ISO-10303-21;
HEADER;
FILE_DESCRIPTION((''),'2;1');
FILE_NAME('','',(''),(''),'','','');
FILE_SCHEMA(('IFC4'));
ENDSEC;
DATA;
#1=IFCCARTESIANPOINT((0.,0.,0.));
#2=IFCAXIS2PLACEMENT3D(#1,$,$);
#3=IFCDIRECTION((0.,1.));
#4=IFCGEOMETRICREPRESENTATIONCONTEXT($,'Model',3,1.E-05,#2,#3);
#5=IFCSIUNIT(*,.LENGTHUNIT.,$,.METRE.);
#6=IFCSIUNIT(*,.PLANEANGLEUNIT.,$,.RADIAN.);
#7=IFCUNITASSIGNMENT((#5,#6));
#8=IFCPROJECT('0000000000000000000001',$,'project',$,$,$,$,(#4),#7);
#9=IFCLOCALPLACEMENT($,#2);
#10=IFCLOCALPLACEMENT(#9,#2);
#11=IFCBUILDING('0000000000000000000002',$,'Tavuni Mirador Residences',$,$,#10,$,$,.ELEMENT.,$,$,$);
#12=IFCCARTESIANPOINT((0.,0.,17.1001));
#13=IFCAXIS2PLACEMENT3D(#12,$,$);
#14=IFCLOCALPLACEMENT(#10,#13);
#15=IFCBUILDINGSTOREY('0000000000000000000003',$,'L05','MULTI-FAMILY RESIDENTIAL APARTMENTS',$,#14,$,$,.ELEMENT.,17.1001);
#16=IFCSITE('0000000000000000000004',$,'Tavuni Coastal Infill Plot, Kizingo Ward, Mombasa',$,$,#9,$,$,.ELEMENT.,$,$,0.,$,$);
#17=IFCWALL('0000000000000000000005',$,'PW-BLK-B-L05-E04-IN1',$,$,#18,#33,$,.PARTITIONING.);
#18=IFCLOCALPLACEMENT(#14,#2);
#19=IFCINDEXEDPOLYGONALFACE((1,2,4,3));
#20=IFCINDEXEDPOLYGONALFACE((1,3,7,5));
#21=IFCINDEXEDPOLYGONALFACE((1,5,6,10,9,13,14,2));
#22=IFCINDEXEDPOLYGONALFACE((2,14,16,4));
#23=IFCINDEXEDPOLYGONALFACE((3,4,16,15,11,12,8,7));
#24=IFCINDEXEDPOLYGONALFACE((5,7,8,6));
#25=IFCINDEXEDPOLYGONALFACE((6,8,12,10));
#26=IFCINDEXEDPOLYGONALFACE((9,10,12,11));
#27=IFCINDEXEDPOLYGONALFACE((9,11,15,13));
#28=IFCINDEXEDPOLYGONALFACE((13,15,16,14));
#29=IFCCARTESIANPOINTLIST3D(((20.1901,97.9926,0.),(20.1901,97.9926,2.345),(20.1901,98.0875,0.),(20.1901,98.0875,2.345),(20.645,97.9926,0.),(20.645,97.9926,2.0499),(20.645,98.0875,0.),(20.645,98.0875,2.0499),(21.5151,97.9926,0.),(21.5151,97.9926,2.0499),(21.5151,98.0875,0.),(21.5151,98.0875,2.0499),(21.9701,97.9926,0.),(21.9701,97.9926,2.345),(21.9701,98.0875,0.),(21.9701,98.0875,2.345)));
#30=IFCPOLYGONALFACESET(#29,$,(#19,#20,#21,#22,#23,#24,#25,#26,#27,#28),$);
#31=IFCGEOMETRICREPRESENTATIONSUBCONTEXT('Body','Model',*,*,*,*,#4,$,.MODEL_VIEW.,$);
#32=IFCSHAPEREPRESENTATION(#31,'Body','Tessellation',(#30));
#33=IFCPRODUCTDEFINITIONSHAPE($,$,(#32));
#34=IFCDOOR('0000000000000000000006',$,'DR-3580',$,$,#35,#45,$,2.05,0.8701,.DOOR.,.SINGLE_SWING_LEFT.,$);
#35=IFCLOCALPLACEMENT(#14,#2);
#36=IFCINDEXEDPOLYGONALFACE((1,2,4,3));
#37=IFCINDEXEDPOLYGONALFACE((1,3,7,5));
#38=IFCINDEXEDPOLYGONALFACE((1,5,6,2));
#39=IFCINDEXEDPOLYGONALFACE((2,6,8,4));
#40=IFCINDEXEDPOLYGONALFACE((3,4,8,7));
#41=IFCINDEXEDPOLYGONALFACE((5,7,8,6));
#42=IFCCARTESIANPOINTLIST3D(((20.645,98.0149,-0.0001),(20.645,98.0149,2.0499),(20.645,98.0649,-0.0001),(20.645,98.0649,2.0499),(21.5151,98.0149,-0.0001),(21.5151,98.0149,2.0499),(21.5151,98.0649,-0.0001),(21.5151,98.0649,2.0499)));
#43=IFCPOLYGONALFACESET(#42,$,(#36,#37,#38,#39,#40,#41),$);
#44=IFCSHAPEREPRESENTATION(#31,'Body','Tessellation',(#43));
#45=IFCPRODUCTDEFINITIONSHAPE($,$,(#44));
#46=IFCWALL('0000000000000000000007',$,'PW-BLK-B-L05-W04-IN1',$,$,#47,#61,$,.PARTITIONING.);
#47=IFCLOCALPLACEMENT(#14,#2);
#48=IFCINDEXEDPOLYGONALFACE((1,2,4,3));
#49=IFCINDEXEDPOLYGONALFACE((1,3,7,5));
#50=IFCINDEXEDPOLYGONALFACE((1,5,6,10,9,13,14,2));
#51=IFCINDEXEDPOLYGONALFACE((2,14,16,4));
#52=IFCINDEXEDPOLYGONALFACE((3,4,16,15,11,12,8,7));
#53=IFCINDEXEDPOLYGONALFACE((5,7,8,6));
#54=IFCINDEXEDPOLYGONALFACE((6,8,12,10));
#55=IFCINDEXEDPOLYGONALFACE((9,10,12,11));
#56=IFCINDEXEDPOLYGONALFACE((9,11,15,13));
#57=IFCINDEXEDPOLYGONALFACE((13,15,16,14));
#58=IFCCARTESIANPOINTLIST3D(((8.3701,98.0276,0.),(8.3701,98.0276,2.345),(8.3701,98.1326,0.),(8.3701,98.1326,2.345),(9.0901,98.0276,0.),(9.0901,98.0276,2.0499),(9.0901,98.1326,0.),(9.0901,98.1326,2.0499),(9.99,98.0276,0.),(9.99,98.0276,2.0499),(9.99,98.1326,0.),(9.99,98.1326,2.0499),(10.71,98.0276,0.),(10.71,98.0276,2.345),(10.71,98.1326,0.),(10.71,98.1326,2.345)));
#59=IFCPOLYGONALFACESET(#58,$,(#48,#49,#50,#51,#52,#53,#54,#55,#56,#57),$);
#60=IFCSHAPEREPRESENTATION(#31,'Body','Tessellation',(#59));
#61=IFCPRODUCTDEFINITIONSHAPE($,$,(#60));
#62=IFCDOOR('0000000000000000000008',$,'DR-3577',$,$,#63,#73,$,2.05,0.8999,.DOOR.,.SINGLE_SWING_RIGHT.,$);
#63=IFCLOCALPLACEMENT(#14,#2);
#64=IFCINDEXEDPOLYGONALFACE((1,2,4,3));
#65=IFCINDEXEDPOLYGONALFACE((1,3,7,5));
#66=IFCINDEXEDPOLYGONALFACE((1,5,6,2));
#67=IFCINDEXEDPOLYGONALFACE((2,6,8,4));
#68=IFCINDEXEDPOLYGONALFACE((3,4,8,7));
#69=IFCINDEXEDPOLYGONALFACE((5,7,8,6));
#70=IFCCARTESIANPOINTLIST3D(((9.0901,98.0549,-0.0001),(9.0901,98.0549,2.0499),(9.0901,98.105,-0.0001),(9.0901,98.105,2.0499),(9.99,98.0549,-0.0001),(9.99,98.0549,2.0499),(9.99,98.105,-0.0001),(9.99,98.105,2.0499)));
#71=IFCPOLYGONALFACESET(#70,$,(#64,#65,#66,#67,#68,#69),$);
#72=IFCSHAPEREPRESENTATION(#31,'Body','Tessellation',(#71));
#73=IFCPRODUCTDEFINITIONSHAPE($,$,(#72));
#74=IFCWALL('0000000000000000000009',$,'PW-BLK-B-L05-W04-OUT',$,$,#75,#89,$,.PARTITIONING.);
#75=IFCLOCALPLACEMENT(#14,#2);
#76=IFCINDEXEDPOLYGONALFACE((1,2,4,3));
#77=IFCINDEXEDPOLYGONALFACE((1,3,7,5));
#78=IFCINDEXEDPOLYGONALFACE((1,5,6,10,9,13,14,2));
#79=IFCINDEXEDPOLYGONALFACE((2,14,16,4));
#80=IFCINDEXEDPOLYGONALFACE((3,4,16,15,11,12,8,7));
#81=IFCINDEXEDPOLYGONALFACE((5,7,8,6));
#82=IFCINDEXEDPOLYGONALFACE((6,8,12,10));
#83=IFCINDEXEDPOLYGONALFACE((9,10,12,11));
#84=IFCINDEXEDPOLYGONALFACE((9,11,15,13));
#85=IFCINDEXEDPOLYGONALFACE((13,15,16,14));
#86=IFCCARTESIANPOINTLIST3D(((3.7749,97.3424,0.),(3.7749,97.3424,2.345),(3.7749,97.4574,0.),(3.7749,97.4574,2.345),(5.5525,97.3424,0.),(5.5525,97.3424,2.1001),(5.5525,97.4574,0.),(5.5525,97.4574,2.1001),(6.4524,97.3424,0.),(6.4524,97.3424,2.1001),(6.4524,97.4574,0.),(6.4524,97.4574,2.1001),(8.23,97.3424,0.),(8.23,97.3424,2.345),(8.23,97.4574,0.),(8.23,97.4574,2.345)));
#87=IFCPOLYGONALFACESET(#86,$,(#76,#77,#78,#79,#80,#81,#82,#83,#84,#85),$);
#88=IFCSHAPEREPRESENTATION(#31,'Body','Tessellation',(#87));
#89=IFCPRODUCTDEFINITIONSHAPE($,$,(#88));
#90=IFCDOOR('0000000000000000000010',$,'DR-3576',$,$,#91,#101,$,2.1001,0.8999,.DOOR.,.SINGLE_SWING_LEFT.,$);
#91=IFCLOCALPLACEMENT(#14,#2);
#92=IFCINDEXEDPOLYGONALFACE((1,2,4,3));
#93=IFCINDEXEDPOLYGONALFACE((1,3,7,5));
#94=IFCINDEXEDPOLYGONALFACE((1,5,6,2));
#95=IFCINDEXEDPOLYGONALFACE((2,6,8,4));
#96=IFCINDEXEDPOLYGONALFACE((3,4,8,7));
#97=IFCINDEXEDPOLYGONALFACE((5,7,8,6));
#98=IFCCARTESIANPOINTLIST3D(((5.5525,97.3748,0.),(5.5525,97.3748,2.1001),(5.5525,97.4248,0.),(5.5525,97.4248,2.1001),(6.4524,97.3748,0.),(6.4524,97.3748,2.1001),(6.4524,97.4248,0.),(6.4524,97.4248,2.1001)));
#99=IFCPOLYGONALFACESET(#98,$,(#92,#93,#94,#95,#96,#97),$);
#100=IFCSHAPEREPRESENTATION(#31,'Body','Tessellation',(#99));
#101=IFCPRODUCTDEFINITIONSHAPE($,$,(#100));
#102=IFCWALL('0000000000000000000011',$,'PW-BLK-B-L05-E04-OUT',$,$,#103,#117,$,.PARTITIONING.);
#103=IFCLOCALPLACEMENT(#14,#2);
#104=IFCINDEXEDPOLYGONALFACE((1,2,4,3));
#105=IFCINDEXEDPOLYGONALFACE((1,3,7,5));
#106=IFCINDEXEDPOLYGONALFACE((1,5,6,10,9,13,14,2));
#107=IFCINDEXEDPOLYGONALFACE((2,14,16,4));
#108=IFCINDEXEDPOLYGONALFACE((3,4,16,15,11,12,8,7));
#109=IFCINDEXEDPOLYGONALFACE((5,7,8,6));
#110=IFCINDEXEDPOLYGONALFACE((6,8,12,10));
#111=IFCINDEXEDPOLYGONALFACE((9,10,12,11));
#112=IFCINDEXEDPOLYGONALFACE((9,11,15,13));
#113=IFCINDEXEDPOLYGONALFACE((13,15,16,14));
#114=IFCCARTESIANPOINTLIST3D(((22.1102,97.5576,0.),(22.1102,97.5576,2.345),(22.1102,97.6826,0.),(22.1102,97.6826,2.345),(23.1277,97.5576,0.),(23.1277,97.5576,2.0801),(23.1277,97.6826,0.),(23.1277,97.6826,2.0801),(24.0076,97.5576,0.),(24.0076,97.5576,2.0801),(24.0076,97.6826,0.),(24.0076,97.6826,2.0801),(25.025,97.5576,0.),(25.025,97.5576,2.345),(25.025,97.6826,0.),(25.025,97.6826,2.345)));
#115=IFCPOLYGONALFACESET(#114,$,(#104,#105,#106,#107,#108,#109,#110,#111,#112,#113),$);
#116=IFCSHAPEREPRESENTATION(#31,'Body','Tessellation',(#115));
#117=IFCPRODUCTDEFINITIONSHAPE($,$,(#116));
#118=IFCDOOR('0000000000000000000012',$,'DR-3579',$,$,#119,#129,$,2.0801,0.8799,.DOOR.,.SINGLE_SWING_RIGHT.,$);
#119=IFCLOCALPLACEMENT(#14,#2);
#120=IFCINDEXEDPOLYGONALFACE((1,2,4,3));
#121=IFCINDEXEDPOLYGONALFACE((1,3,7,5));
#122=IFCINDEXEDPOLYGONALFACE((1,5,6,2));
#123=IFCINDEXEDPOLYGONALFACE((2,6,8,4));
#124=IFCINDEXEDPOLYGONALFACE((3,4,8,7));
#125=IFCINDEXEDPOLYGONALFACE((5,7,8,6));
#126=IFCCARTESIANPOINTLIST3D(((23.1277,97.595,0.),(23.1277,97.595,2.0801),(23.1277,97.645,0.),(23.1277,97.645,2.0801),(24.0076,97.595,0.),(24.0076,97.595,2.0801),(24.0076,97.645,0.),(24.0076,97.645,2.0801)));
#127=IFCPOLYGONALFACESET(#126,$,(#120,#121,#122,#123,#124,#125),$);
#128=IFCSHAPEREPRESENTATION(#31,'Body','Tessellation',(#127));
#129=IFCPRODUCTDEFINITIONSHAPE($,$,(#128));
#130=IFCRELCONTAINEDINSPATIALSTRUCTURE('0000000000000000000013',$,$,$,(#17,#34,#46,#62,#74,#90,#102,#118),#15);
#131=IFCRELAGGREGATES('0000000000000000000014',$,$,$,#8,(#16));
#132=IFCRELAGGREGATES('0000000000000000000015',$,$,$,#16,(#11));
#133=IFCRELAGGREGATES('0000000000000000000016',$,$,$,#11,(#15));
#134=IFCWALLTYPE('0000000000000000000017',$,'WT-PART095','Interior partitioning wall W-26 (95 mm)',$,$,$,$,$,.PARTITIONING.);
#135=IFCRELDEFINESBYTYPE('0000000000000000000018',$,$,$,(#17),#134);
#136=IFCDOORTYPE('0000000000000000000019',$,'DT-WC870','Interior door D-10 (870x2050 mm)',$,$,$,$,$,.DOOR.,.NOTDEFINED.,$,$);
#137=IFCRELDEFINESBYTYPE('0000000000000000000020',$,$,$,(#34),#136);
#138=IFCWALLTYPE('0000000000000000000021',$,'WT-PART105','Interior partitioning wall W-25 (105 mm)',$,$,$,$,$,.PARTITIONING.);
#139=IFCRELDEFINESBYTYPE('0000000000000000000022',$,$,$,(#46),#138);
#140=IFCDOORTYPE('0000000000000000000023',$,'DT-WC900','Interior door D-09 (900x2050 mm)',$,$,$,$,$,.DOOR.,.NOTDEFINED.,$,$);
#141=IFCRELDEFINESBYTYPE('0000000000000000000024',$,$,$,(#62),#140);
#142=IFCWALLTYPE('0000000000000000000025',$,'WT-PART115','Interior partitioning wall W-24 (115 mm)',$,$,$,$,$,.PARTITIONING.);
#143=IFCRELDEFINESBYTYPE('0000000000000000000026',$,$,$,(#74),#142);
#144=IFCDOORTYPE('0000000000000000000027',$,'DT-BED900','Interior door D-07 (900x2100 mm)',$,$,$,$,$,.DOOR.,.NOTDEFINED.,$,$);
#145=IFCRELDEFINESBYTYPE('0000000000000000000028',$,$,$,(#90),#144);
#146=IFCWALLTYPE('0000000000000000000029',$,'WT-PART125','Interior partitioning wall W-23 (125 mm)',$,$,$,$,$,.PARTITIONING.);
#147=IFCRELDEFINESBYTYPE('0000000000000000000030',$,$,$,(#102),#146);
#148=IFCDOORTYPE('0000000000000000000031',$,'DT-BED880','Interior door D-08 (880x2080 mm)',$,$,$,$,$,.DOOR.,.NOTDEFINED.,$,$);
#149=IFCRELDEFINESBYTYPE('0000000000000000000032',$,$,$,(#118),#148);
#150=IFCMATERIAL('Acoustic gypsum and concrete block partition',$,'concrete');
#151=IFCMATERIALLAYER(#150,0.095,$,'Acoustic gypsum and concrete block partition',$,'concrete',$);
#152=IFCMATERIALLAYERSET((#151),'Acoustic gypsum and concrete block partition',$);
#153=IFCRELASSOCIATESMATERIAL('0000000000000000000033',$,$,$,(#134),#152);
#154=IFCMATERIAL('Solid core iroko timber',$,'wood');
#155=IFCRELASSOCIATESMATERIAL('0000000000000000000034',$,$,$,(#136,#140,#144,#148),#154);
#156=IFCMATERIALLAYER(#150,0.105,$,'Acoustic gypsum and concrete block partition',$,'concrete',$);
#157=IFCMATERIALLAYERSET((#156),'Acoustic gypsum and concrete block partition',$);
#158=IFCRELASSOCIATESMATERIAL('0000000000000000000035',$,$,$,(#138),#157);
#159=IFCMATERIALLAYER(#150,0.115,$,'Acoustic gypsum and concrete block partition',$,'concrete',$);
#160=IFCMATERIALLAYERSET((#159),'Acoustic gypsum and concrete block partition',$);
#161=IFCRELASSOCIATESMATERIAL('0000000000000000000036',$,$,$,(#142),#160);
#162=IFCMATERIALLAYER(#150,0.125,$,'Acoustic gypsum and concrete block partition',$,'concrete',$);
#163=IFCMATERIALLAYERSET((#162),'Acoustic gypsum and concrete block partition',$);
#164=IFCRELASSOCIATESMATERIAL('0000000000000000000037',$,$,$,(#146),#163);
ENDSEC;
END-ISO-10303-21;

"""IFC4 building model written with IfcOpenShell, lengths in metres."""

from ifc_helpers import new_model, si_unit, direction, frame, frame_2d, origin, place, context, subcontext, project, spatial, rectangle, extrude, material, layer, layer_set, type_object, element, fill, save


model = new_model("IFC4")

# Units and contexts
model_context = context("Model", 3, precision=1e-05, world=origin(), true_north=direction((0.0, 1.0)))
body_context = subcontext(model_context, "Body", "Model", "MODEL_VIEW")
ifc_project = project(units=[si_unit("LENGTHUNIT", "METRE"), si_unit("PLANEANGLEUNIT", "RADIAN")], contexts=[model_context])

# Site, building, storey
site_placement = place(None, origin())
site = spatial("IfcSite", under=ifc_project, at=site_placement, Name="Tavuni Coastal Infill Plot, Kizingo Ward, Mombasa", CompositionType="ELEMENT", RefElevation=0.0)
building_placement = place(site_placement, origin())
building = spatial("IfcBuilding", under=site, at=building_placement, Name="Tavuni Mirador Residences", CompositionType="ELEMENT")
storey_placement = place(building_placement, frame((0.0, 0.0, 17.1001)))
storey = spatial("IfcBuildingStorey", under=building, at=storey_placement, Name="L05", Description="MULTI-FAMILY RESIDENTIAL APARTMENTS", CompositionType="ELEMENT", Elevation=17.1001)

# Walls, openings, doors
ifc_material_1 = material(Name="Acoustic gypsum and concrete block partition", Category="concrete")
ifc_layer_1 = layer(ifc_material_1, 0.095, Name="Acoustic gypsum and concrete block partition", Category="concrete")
ifc_layer_set_1 = layer_set([ifc_layer_1], Name="Acoustic gypsum and concrete block partition")
wall_type_1 = type_object("IfcWallType", Name="WT-PART095", Description="Interior partitioning wall W-26 (95 mm)", PredefinedType="PARTITIONING", material=ifc_layer_set_1)
wall_1_placement = place(storey_placement, frame((20.1899, 98.04, 0.0), z_axis=(0.0, 0.0, 1.0), x_axis=(1.0, 0.0, 0.0)))
wall_1 = element("IfcWall", 1, at=wall_1_placement, inside=storey, type_object=wall_type_1, Name="PW-BLK-B-L05-E04-IN1", PredefinedType="PARTITIONING", context=body_context, shape_type="SweptSolid", body=[
    extrude(rectangle(XDim=1.78, YDim=0.095, at=frame_2d((0.8901, 0.0))), origin(), (0.0, 0.0, 1.0), 2.345),
])
opening_1_placement = place(wall_1_placement, frame((0.4551, 0.0, 0.0)))
opening_1 = element("IfcOpeningElement", 2, at=opening_1_placement, cuts=wall_1, PredefinedType="OPENING", context=body_context, shape_type="SweptSolid", body=[
    extrude(rectangle(XDim=0.8701, YDim=2.05, at=frame_2d((0.4351, 1.0249))), frame((0.0, 0.0576, 0.0), z_axis=(0.0, -1.0, 0.0), x_axis=(1.0, 0.0, 0.0)), (0.0, 0.0, 1.0), 0.115),
])
ifc_material_2 = material(Name="Solid core iroko timber", Category="wood")
door_type_1 = type_object("IfcDoorType", Name="DT-WC870", Description="Interior door D-10 (870x2050 mm)", OperationType="NOTDEFINED", PredefinedType="DOOR", material=ifc_material_2)
door_1_placement = place(opening_1_placement, origin())
door_1 = element("IfcDoor", 3, at=door_1_placement, inside=storey, type_object=door_type_1, Name="DR-3580", OperationType="SINGLE_SWING_LEFT", OverallHeight=2.05, OverallWidth=0.8701, PredefinedType="DOOR", context=body_context, shape_type="SweptSolid", body=[
    extrude(rectangle(XDim=0.8701, YDim=2.05, at=frame_2d((0.4351, 1.0249))), frame((0.0, 0.0249, 0.0), z_axis=(0.0, -1.0, 0.0), x_axis=(1.0, 0.0, 0.0)), (0.0, 0.0, 1.0), 0.05),
])
fill(opening_1, door_1)
ifc_layer_2 = layer(ifc_material_1, 0.105, Name="Acoustic gypsum and concrete block partition", Category="concrete")
ifc_layer_set_2 = layer_set([ifc_layer_2], Name="Acoustic gypsum and concrete block partition")
wall_type_2 = type_object("IfcWallType", Name="WT-PART105", Description="Interior partitioning wall W-25 (105 mm)", PredefinedType="PARTITIONING", material=ifc_layer_set_2)
wall_2_placement = place(storey_placement, frame((8.3701, 98.0801, 0.0), z_axis=(0.0, 0.0, 1.0), x_axis=(1.0, 0.0, 0.0)))
wall_2 = element("IfcWall", 4, at=wall_2_placement, inside=storey, type_object=wall_type_2, Name="PW-BLK-B-L05-W04-IN1", PredefinedType="PARTITIONING", context=body_context, shape_type="SweptSolid", body=[
    extrude(rectangle(XDim=2.3398, YDim=0.105, at=frame_2d((1.1699, 0.0))), origin(), (0.0, 0.0, 1.0), 2.345),
])
opening_2_placement = place(wall_2_placement, frame((0.72, 0.0, 0.0)))
opening_2 = element("IfcOpeningElement", 5, at=opening_2_placement, cuts=wall_2, PredefinedType="OPENING", context=body_context, shape_type="SweptSolid", body=[
    extrude(rectangle(XDim=0.8999, YDim=2.05, at=frame_2d((0.45, 1.0249))), frame((0.0, 0.0625, 0.0), z_axis=(0.0, -1.0, 0.0), x_axis=(1.0, 0.0, 0.0)), (0.0, 0.0, 1.0), 0.125),
])
door_type_2 = type_object("IfcDoorType", Name="DT-WC900", Description="Interior door D-09 (900x2050 mm)", OperationType="NOTDEFINED", PredefinedType="DOOR", material=ifc_material_2)
door_2_placement = place(opening_2_placement, origin())
door_2 = element("IfcDoor", 6, at=door_2_placement, inside=storey, type_object=door_type_2, Name="DR-3577", OperationType="SINGLE_SWING_RIGHT", OverallHeight=2.05, OverallWidth=0.8999, PredefinedType="DOOR", context=body_context, shape_type="SweptSolid", body=[
    extrude(rectangle(XDim=0.8999, YDim=2.05, at=frame_2d((0.45, 1.0249))), frame((0.0, 0.0249, 0.0), z_axis=(0.0, -1.0, 0.0), x_axis=(1.0, 0.0, 0.0)), (0.0, 0.0, 1.0), 0.05),
])
fill(opening_2, door_2)
ifc_layer_3 = layer(ifc_material_1, 0.115, Name="Acoustic gypsum and concrete block partition", Category="concrete")
ifc_layer_set_3 = layer_set([ifc_layer_3], Name="Acoustic gypsum and concrete block partition")
wall_type_3 = type_object("IfcWallType", Name="WT-PART115", Description="Interior partitioning wall W-24 (115 mm)", PredefinedType="PARTITIONING", material=ifc_layer_set_3)
wall_3_placement = place(storey_placement, frame((3.7749, 97.3999, 0.0), z_axis=(0.0, 0.0, 1.0), x_axis=(1.0, 0.0, 0.0)))
wall_3 = element("IfcWall", 7, at=wall_3_placement, inside=storey, type_object=wall_type_3, Name="PW-BLK-B-L05-W04-OUT", PredefinedType="PARTITIONING", context=body_context, shape_type="SweptSolid", body=[
    extrude(rectangle(XDim=4.4551, YDim=0.115, at=frame_2d((2.2275, 0.0))), origin(), (0.0, 0.0, 1.0), 2.345),
])
opening_3_placement = place(wall_3_placement, frame((1.7776, 0.0, 0.0)))
opening_3 = element("IfcOpeningElement", 8, at=opening_3_placement, cuts=wall_3, PredefinedType="OPENING", context=body_context, shape_type="SweptSolid", body=[
    extrude(rectangle(XDim=0.8999, YDim=2.1001, at=frame_2d((0.45, 1.05))), frame((0.0, 0.0674, 0.0), z_axis=(0.0, -1.0, 0.0), x_axis=(1.0, 0.0, 0.0)), (0.0, 0.0, 1.0), 0.135),
])
door_type_3 = type_object("IfcDoorType", Name="DT-BED900", Description="Interior door D-07 (900x2100 mm)", OperationType="NOTDEFINED", PredefinedType="DOOR", material=ifc_material_2)
door_3_placement = place(opening_3_placement, origin())
door_3 = element("IfcDoor", 9, at=door_3_placement, inside=storey, type_object=door_type_3, Name="DR-3576", OperationType="SINGLE_SWING_LEFT", OverallHeight=2.1001, OverallWidth=0.8999, PredefinedType="DOOR", context=body_context, shape_type="SweptSolid", body=[
    extrude(rectangle(XDim=0.8999, YDim=2.1001, at=frame_2d((0.45, 1.05))), frame((0.0, 0.0249, 0.0), z_axis=(0.0, -1.0, 0.0), x_axis=(1.0, 0.0, 0.0)), (0.0, 0.0, 1.0), 0.05),
])
fill(opening_3, door_3)
ifc_layer_4 = layer(ifc_material_1, 0.125, Name="Acoustic gypsum and concrete block partition", Category="concrete")
ifc_layer_set_4 = layer_set([ifc_layer_4], Name="Acoustic gypsum and concrete block partition")
wall_type_4 = type_object("IfcWallType", Name="WT-PART125", Description="Interior partitioning wall W-23 (125 mm)", PredefinedType="PARTITIONING", material=ifc_layer_set_4)
wall_4_placement = place(storey_placement, frame((22.1101, 97.6201, 0.0), z_axis=(0.0, 0.0, 1.0), x_axis=(1.0, 0.0, 0.0)))
wall_4 = element("IfcWall", 10, at=wall_4_placement, inside=storey, type_object=wall_type_4, Name="PW-BLK-B-L05-E04-OUT", PredefinedType="PARTITIONING", context=body_context, shape_type="SweptSolid", body=[
    extrude(rectangle(XDim=2.9148, YDim=0.125, at=frame_2d((1.4575, 0.0))), origin(), (0.0, 0.0, 1.0), 2.345),
])
opening_4_placement = place(wall_4_placement, frame((1.0176, 0.0, 0.0)))
opening_4 = element("IfcOpeningElement", 11, at=opening_4_placement, cuts=wall_4, PredefinedType="OPENING", context=body_context, shape_type="SweptSolid", body=[
    extrude(rectangle(XDim=0.8799, YDim=2.0801, at=frame_2d((0.4399, 1.04))), frame((0.0, 0.0725, 0.0), z_axis=(0.0, -1.0, 0.0), x_axis=(1.0, 0.0, 0.0)), (0.0, 0.0, 1.0), 0.145),
])
door_type_4 = type_object("IfcDoorType", Name="DT-BED880", Description="Interior door D-08 (880x2080 mm)", OperationType="NOTDEFINED", PredefinedType="DOOR", material=ifc_material_2)
door_4_placement = place(opening_4_placement, origin())
door_4 = element("IfcDoor", 12, at=door_4_placement, inside=storey, type_object=door_type_4, Name="DR-3579", OperationType="SINGLE_SWING_RIGHT", OverallHeight=2.0801, OverallWidth=0.8799, PredefinedType="DOOR", context=body_context, shape_type="SweptSolid", body=[
    extrude(rectangle(XDim=0.8799, YDim=2.0801, at=frame_2d((0.4399, 1.04))), frame((0.0, 0.0249, 0.0), z_axis=(0.0, -1.0, 0.0), x_axis=(1.0, 0.0, 0.0)), (0.0, 0.0, 1.0), 0.05),
])
fill(opening_4, door_4)

save(model, "model.ifc")
